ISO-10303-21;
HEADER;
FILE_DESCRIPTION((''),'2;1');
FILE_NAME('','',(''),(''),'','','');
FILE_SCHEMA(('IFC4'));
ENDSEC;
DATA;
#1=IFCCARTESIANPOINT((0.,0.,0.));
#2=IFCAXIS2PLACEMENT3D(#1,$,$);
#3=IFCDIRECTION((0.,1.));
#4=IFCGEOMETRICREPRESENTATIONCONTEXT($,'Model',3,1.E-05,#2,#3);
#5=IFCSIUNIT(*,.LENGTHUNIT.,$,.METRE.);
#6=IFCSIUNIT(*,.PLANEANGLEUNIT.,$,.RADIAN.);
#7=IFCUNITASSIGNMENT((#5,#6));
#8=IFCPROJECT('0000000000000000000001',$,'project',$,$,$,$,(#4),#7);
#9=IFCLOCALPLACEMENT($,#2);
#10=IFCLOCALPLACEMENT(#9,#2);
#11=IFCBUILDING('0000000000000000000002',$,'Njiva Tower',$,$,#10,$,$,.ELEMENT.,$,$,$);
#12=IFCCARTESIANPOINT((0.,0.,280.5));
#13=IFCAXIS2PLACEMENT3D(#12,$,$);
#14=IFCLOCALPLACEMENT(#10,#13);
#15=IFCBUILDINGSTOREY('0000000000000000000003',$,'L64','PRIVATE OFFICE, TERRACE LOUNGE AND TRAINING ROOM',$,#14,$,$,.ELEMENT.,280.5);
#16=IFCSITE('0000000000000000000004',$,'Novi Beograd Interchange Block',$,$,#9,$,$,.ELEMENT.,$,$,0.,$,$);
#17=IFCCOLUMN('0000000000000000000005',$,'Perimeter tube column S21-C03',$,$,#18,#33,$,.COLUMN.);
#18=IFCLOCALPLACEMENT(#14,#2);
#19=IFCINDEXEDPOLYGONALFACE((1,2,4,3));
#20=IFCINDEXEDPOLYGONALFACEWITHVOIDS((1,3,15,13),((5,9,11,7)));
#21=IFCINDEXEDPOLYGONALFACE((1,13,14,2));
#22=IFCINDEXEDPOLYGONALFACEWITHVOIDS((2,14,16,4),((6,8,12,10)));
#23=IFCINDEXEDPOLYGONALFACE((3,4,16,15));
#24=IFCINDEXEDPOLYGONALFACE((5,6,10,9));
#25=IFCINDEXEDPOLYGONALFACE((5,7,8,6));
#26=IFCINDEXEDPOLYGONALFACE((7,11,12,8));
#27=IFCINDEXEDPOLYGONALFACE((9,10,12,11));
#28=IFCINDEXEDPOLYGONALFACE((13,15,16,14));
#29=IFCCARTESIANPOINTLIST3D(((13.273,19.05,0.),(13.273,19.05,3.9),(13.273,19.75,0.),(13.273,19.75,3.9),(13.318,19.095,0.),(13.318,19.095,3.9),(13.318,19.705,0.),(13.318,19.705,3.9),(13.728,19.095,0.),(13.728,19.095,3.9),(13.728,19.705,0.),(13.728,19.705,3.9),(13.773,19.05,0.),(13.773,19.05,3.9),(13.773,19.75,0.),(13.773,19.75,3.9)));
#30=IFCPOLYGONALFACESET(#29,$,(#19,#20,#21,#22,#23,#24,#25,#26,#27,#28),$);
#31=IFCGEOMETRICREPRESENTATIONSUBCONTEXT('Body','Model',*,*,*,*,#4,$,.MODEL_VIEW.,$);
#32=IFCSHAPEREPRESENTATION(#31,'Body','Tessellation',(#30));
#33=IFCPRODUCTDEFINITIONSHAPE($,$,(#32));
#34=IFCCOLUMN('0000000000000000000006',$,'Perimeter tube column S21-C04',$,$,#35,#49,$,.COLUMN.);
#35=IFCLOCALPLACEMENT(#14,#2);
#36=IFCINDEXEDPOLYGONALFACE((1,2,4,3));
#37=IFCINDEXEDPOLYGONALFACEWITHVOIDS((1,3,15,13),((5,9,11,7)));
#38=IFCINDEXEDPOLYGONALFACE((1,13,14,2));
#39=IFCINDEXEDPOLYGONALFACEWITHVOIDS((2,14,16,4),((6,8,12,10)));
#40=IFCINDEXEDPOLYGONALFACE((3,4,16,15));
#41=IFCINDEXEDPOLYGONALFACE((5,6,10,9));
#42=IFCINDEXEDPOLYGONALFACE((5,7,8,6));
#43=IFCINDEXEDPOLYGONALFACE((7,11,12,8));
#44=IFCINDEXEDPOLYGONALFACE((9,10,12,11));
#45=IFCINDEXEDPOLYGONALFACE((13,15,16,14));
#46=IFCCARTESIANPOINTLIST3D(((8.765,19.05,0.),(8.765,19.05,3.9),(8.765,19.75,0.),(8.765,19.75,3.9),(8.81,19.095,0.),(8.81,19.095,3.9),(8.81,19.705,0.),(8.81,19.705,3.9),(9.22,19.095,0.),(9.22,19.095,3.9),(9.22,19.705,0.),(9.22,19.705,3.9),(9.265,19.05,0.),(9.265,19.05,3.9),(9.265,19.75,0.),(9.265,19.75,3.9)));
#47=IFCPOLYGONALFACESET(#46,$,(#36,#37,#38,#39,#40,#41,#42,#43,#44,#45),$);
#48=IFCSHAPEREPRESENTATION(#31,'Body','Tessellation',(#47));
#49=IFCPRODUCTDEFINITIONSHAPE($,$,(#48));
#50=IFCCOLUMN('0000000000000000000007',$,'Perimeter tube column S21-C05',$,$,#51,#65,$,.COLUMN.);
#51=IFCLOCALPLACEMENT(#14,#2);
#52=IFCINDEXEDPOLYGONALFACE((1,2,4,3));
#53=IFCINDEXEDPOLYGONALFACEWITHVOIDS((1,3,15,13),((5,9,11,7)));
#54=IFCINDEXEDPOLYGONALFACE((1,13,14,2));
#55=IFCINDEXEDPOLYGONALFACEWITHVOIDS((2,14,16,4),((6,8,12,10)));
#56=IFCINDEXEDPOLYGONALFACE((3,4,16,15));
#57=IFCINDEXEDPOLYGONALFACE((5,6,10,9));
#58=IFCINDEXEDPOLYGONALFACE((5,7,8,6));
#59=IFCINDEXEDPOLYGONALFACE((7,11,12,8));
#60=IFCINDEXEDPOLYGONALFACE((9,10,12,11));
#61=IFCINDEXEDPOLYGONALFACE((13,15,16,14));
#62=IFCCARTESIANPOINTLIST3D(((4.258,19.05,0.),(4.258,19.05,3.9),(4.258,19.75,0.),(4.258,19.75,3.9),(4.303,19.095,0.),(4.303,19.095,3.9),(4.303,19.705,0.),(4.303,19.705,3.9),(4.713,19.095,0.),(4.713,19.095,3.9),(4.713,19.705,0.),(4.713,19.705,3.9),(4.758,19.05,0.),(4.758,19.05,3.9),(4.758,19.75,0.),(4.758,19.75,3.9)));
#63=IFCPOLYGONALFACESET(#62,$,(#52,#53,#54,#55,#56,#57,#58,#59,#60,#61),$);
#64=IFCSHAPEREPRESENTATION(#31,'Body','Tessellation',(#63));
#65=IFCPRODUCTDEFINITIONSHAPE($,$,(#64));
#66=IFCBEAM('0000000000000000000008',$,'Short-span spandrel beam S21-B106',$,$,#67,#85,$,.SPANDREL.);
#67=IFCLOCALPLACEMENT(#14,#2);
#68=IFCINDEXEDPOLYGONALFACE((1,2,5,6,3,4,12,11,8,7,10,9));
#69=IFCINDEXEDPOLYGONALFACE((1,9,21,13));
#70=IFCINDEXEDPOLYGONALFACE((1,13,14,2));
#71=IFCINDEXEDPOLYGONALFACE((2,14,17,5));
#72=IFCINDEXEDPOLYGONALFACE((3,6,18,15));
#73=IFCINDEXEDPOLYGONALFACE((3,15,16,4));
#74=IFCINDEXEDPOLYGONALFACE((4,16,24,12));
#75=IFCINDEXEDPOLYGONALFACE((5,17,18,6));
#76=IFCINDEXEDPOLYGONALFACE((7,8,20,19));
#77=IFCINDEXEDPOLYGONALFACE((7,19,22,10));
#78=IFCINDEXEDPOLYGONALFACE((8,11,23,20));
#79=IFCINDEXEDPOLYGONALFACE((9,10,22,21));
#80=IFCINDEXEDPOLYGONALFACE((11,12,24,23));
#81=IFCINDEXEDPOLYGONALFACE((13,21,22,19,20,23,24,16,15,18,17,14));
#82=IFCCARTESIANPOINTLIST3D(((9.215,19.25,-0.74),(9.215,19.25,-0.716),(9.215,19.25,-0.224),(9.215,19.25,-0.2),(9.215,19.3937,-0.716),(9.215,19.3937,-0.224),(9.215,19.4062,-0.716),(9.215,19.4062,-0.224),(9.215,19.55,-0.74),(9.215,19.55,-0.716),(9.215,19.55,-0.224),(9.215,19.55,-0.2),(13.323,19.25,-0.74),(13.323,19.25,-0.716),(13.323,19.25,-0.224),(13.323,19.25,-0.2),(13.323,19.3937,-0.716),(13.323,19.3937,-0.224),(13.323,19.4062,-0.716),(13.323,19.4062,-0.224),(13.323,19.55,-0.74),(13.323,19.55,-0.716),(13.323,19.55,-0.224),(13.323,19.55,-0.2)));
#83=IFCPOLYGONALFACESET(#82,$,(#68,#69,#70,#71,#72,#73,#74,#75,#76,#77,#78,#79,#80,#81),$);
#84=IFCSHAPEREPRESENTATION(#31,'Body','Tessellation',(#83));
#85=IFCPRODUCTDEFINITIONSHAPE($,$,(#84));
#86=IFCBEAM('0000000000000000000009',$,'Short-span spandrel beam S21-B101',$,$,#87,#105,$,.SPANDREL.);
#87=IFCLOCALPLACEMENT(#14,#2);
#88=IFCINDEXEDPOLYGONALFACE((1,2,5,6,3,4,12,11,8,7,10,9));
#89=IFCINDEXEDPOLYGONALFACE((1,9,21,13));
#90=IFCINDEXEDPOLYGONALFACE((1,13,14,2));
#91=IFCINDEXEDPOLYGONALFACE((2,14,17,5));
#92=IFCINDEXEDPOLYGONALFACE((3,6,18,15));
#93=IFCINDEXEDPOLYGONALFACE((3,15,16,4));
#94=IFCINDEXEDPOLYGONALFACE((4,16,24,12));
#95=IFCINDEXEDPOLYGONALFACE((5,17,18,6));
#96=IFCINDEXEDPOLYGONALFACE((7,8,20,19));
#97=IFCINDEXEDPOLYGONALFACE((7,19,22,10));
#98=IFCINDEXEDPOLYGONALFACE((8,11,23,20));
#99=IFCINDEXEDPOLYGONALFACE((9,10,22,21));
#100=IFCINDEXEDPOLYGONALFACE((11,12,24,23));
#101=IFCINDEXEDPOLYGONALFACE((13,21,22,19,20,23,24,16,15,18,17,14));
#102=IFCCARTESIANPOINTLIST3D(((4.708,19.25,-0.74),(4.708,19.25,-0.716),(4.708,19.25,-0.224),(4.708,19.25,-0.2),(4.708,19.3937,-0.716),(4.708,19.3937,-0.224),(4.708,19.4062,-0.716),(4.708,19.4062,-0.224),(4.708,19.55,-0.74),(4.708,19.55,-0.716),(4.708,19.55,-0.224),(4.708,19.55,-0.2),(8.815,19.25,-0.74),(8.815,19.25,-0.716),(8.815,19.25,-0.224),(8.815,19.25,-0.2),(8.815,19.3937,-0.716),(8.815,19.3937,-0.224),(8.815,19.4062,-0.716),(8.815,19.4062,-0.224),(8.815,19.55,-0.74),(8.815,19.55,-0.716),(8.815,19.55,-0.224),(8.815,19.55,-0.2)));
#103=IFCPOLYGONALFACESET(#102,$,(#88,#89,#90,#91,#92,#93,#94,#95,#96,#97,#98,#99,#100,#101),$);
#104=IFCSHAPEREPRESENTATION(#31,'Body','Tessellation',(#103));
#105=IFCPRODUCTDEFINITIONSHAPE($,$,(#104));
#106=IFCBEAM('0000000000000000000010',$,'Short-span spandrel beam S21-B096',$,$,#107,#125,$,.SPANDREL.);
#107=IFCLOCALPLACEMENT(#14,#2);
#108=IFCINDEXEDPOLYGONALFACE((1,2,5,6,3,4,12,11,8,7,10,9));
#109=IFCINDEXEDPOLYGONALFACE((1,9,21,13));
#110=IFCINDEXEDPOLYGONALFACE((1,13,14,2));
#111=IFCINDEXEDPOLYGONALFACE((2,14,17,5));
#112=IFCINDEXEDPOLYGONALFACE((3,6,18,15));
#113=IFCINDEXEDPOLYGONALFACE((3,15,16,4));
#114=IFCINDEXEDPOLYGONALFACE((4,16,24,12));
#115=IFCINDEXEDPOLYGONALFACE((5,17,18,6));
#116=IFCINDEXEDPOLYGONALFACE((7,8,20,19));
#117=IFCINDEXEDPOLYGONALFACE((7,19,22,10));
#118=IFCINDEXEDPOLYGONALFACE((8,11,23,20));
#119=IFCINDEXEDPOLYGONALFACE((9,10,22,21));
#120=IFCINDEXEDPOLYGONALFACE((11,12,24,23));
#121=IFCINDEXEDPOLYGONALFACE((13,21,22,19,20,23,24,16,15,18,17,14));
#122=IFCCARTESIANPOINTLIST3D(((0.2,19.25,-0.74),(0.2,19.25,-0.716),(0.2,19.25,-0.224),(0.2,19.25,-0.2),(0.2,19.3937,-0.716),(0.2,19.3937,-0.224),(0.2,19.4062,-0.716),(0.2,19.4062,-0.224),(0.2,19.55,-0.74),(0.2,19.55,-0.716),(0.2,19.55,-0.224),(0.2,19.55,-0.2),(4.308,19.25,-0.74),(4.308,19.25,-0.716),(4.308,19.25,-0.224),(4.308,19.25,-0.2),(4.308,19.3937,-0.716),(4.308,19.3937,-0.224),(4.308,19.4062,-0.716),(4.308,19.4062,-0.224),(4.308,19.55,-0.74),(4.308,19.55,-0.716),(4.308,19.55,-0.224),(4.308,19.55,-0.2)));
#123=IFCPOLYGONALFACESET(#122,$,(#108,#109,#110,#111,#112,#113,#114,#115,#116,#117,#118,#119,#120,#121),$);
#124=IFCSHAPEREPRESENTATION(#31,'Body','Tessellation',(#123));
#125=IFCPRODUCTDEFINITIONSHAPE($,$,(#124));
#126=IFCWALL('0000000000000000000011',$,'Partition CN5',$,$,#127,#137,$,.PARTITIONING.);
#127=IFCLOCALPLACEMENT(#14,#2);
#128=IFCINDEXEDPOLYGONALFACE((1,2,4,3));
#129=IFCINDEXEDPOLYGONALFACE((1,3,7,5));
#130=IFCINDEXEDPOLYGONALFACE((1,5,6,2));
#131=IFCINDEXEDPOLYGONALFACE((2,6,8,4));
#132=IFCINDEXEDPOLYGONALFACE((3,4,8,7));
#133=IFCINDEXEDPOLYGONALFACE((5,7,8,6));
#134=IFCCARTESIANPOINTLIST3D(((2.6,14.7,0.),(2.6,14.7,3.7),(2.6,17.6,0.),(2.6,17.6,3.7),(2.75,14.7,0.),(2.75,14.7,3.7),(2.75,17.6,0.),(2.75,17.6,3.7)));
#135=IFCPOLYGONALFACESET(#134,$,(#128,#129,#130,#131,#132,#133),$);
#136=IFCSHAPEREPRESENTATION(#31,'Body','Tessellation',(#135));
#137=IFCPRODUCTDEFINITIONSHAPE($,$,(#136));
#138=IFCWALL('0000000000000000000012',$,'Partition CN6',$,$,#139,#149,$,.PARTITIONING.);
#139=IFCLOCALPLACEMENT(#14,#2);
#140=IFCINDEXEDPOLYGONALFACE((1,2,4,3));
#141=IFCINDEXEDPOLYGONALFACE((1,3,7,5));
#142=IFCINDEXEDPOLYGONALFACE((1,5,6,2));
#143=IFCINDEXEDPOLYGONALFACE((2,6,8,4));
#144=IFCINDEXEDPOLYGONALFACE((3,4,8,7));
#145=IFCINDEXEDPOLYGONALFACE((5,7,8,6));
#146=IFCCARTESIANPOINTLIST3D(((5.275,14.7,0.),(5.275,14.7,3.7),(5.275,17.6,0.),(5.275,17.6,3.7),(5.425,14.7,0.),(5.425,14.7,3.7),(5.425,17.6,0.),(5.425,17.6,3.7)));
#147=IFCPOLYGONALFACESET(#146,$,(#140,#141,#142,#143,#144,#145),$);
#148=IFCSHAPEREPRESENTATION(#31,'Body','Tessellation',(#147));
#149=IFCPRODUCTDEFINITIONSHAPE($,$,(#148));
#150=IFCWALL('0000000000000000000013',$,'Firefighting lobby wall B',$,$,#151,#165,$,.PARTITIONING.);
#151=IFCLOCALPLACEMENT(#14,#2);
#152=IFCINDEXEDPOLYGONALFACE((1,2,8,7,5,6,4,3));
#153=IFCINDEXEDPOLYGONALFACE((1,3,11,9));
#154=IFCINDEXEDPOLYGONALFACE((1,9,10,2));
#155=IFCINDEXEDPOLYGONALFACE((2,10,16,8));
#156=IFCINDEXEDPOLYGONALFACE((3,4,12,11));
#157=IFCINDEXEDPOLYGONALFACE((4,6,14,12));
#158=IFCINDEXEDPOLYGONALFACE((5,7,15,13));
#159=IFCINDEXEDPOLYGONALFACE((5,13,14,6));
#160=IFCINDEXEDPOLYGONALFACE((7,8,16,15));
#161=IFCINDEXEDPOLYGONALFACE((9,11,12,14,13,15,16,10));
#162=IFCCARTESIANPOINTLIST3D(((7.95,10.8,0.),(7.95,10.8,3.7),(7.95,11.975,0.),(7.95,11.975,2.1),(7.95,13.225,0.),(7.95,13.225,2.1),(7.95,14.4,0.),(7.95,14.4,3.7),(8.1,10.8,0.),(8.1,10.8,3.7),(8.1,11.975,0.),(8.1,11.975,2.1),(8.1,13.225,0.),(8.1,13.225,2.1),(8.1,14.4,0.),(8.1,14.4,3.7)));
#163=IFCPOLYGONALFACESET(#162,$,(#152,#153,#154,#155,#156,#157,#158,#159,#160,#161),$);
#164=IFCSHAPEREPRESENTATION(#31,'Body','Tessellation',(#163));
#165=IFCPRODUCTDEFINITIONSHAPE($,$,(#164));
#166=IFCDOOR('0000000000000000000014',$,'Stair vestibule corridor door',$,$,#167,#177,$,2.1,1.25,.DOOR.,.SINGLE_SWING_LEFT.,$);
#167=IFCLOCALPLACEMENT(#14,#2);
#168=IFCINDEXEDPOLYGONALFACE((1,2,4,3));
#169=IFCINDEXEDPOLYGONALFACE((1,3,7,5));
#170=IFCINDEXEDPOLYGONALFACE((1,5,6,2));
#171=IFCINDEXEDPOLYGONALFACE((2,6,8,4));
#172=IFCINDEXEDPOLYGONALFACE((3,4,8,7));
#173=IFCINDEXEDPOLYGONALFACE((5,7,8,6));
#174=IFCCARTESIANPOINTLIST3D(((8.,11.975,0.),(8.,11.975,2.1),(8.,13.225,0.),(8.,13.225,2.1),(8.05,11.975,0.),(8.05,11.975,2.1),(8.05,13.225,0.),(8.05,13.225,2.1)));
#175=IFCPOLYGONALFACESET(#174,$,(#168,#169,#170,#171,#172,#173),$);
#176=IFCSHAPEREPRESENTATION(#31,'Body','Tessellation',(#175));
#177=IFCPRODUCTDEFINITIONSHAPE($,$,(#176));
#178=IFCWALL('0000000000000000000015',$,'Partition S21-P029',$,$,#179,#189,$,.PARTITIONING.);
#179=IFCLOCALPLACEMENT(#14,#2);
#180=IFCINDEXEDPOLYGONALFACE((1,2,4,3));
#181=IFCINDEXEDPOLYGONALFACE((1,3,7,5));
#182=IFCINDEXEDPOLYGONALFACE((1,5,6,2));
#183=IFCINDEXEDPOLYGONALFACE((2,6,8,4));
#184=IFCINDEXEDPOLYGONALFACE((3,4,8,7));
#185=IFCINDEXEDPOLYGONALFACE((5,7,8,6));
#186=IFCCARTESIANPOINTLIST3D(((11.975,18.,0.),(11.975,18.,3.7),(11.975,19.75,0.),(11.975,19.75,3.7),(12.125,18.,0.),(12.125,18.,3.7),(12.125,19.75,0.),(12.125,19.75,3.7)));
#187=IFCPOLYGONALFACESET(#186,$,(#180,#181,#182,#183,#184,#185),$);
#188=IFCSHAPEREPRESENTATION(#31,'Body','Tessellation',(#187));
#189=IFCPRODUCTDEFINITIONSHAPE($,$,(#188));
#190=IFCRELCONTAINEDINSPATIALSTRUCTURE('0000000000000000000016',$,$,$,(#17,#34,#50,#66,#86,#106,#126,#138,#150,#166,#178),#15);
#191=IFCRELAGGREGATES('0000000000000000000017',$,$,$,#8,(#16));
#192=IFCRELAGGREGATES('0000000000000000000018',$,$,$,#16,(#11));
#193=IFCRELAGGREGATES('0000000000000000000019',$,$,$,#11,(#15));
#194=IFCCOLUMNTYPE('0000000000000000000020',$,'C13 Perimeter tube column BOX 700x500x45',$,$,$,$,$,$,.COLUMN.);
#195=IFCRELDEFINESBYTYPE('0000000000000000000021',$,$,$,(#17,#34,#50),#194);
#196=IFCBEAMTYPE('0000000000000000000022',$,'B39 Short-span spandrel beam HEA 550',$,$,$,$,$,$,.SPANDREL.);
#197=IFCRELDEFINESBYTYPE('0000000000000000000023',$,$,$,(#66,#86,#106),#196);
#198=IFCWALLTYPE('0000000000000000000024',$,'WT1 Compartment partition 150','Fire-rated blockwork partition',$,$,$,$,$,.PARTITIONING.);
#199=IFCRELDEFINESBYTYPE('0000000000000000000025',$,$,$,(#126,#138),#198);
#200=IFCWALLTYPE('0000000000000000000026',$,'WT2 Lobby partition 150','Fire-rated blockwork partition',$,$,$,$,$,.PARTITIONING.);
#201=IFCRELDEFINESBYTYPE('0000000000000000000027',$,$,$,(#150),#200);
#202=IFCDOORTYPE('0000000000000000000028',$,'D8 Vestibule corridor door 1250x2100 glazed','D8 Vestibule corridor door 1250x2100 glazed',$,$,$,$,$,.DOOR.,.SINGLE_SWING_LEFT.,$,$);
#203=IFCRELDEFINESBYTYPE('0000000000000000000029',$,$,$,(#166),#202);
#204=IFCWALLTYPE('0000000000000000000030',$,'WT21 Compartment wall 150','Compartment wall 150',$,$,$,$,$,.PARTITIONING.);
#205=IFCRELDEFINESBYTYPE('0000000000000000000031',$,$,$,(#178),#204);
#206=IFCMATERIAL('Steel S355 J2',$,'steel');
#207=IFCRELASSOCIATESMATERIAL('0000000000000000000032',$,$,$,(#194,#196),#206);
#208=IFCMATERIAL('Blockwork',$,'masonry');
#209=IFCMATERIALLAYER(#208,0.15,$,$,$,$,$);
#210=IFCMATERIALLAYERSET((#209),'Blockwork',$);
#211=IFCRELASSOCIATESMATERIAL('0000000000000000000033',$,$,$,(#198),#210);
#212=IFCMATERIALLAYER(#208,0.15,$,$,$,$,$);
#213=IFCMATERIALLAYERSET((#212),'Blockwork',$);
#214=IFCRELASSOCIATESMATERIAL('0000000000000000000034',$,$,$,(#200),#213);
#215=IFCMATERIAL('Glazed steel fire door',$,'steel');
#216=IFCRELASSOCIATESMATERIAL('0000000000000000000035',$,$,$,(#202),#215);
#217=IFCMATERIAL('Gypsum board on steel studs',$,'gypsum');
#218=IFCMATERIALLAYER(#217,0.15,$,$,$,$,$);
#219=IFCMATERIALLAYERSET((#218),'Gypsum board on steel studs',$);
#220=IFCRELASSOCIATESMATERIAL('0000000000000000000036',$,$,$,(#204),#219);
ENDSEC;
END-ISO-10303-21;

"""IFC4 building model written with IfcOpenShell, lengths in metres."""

from ifc_helpers import new_model, si_unit, direction, frame, frame_2d, origin, origin_2d, place, context, subcontext, project, spatial, rectangle, hollow_rectangle, i_section, extrude, material, layer, layer_set, material_profile, profile_set, type_object, element, fill, save


model = new_model("IFC4")

# Units and contexts
model_context = context("Model", 3, precision=1e-05, world=origin(), true_north=direction((0.0, 1.0)))
body_context = subcontext(model_context, "Body", "Model", "MODEL_VIEW")
ifc_project = project(units=[si_unit("LENGTHUNIT", "METRE"), si_unit("PLANEANGLEUNIT", "RADIAN")], contexts=[model_context])

# Site, building, storey
site_placement = place(None, origin())
site = spatial("IfcSite", under=ifc_project, at=site_placement, Name="Novi Beograd Interchange Block", CompositionType="ELEMENT", RefElevation=0.0)
building_placement = place(site_placement, origin())
building = spatial("IfcBuilding", under=site, at=building_placement, Name="Njiva Tower", CompositionType="ELEMENT")
storey_placement = place(building_placement, frame((0.0, 0.0, 280.5)))
storey = spatial("IfcBuildingStorey", under=building, at=storey_placement, Name="L64", Description="PRIVATE OFFICE, TERRACE LOUNGE AND TRAINING ROOM", CompositionType="ELEMENT", Elevation=280.5)

# Columns
ifc_material_1 = material(Name="Steel S355 J2", Category="steel")
ifc_material_profile_1 = material_profile(ifc_material_1, hollow_rectangle(XDim=0.5, YDim=0.7, WallThickness=0.045, at=origin_2d()), Name="BOX 700x500x45")
ifc_profile_set_1 = profile_set([ifc_material_profile_1], Name="Steel S355 J2")
column_type = type_object("IfcColumnType", Name="C13 Perimeter tube column BOX 700x500x45", PredefinedType="COLUMN", material=ifc_profile_set_1)
for number, where, z_axis, x_axis, name in (
    (1, (13.523, 19.4, 0.0), (0.0, 0.0, 1.0), (-1.0, 0.0, 0.0), "Perimeter tube column S21-C03"),
    (2, (9.015, 19.4, 0.0), (0.0, 0.0, 1.0), (-1.0, 0.0, 0.0), "Perimeter tube column S21-C04"),
    (3, (4.508, 19.4, 0.0), (0.0, 0.0, 1.0), (-1.0, 0.0, 0.0), "Perimeter tube column S21-C05"),
):
    element("IfcColumn", number, at=place(storey_placement, frame(where, z_axis=z_axis, x_axis=x_axis)), inside=storey, type_object=column_type, Name=name, PredefinedType="COLUMN", context=body_context, shape_type="SweptSolid", body=[
        extrude(hollow_rectangle(XDim=0.5, YDim=0.7, WallThickness=0.045, at=origin_2d()), origin(), (0.0, 0.0, 1.0), 3.9),
    ])

# Beams
ifc_material_profile_2 = material_profile(ifc_material_1, i_section(OverallWidth=0.3, OverallDepth=0.54, WebThickness=0.0125, FlangeThickness=0.024, at=origin_2d()), Name="HEA 550")
ifc_profile_set_2 = profile_set([ifc_material_profile_2], Name="Steel S355 J2")
beam_type = type_object("IfcBeamType", Name="B39 Short-span spandrel beam HEA 550", PredefinedType="SPANDREL", material=ifc_profile_set_2)
beam_1_placement = place(storey_placement, frame((13.323, 19.4, -0.47), z_axis=(-1.0, 0.0, 0.0), x_axis=(0.0, -1.0, 0.0)))
element("IfcBeam", 4, at=beam_1_placement, inside=storey, type_object=beam_type, Name="Short-span spandrel beam S21-B106", PredefinedType="SPANDREL", context=body_context, shape_type="SweptSolid", body=[
    extrude(i_section(OverallWidth=0.3, OverallDepth=0.54, WebThickness=0.0125, FlangeThickness=0.024, at=origin_2d()), origin(), (0.0, 0.0, 1.0), 4.108),
])
beam_2_placement = place(storey_placement, frame((8.815, 19.4, -0.47), z_axis=(-1.0, 0.0, 0.0), x_axis=(0.0, -1.0, 0.0)))
element("IfcBeam", 5, at=beam_2_placement, inside=storey, type_object=beam_type, Name="Short-span spandrel beam S21-B101", PredefinedType="SPANDREL", context=body_context, shape_type="SweptSolid", body=[
    extrude(i_section(OverallWidth=0.3, OverallDepth=0.54, WebThickness=0.0125, FlangeThickness=0.024, at=origin_2d()), origin(), (0.0, 0.0, 1.0), 4.107),
])
beam_3_placement = place(storey_placement, frame((4.308, 19.4, -0.47), z_axis=(-1.0, 0.0, 0.0), x_axis=(0.0, -1.0, 0.0)))
element("IfcBeam", 6, at=beam_3_placement, inside=storey, type_object=beam_type, Name="Short-span spandrel beam S21-B096", PredefinedType="SPANDREL", context=body_context, shape_type="SweptSolid", body=[
    extrude(i_section(OverallWidth=0.3, OverallDepth=0.54, WebThickness=0.0125, FlangeThickness=0.024, at=origin_2d()), origin(), (0.0, 0.0, 1.0), 4.108),
])

# Walls
ifc_material_2 = material(Name="Blockwork", Category="masonry")
ifc_layer_1 = layer(ifc_material_2, 0.15)
ifc_layer_set_1 = layer_set([ifc_layer_1], Name="Blockwork")
wall_type_1 = type_object("IfcWallType", Name="WT1 Compartment partition 150", Description="Fire-rated blockwork partition", PredefinedType="PARTITIONING", material=ifc_layer_set_1)
for number, where, z_axis, x_axis, name in (
    (7, (2.675, 14.7, 0.0), (0.0, 0.0, 1.0), (0.0, 1.0, 0.0), "Partition CN5"),
    (8, (5.35, 14.7, 0.0), (0.0, 0.0, 1.0), (0.0, 1.0, 0.0), "Partition CN6"),
):
    element("IfcWall", number, at=place(storey_placement, frame(where, z_axis=z_axis, x_axis=x_axis)), inside=storey, type_object=wall_type_1, Name=name, PredefinedType="PARTITIONING", context=body_context, shape_type="SweptSolid", body=[
        extrude(rectangle(XDim=2.9, YDim=0.15, at=frame_2d((1.45, 0.0))), origin(), (0.0, 0.0, 1.0), 3.7),
    ])

# Wall, opening, door
ifc_layer_2 = layer(ifc_material_2, 0.15)
ifc_layer_set_2 = layer_set([ifc_layer_2], Name="Blockwork")
wall_type_2 = type_object("IfcWallType", Name="WT2 Lobby partition 150", Description="Fire-rated blockwork partition", PredefinedType="PARTITIONING", material=ifc_layer_set_2)
wall_1_placement = place(storey_placement, frame((8.025, 10.8, 0.0), z_axis=(0.0, 0.0, 1.0), x_axis=(0.0, 1.0, 0.0)))
wall_1 = element("IfcWall", 9, at=wall_1_placement, inside=storey, type_object=wall_type_2, Name="Firefighting lobby wall B", PredefinedType="PARTITIONING", context=body_context, shape_type="SweptSolid", body=[
    extrude(rectangle(XDim=3.6, YDim=0.15, at=frame_2d((1.8, 0.0))), origin(), (0.0, 0.0, 1.0), 3.7),
])
opening_placement = place(wall_1_placement, frame((1.175, 0.0, 0.0)))
opening = element("IfcOpeningElement", 10, at=opening_placement, cuts=wall_1, PredefinedType="OPENING", context=body_context, shape_type="SweptSolid", body=[
    extrude(rectangle(XDim=1.25, YDim=2.1, at=frame_2d((0.625, 1.05))), frame((0.0, 0.085, 0.0), z_axis=(0.0, -1.0, 0.0), x_axis=(1.0, 0.0, 0.0)), (0.0, 0.0, 1.0), 0.17),
])
ifc_material_3 = material(Name="Glazed steel fire door", Category="steel")
door_type = type_object("IfcDoorType", Name="D8 Vestibule corridor door 1250x2100 glazed", Description="D8 Vestibule corridor door 1250x2100 glazed", OperationType="SINGLE_SWING_LEFT", PredefinedType="DOOR", material=ifc_material_3)
door_placement = place(opening_placement, origin())
door = element("IfcDoor", 11, at=door_placement, inside=storey, type_object=door_type, Name="Stair vestibule corridor door", OperationType="SINGLE_SWING_LEFT", OverallHeight=2.1, OverallWidth=1.25, PredefinedType="DOOR", context=body_context, shape_type="SweptSolid", body=[
    extrude(rectangle(XDim=1.25, YDim=2.1, at=frame_2d((0.625, 1.05))), frame((0.0, 0.025, 0.0), z_axis=(0.0, -1.0, 0.0), x_axis=(1.0, 0.0, 0.0)), (0.0, 0.0, 1.0), 0.05),
])
fill(opening, door)

# Wall
ifc_material_4 = material(Name="Gypsum board on steel studs", Category="gypsum")
ifc_layer_3 = layer(ifc_material_4, 0.15)
ifc_layer_set_3 = layer_set([ifc_layer_3], Name="Gypsum board on steel studs")
wall_type_3 = type_object("IfcWallType", Name="WT21 Compartment wall 150", Description="Compartment wall 150", PredefinedType="PARTITIONING", material=ifc_layer_set_3)
wall_2_placement = place(storey_placement, frame((12.05, 18.0, 0.0), z_axis=(0.0, 0.0, 1.0), x_axis=(0.0, 1.0, 0.0)))
element("IfcWall", 12, at=wall_2_placement, inside=storey, type_object=wall_type_3, Name="Partition S21-P029", PredefinedType="PARTITIONING", context=body_context, shape_type="SweptSolid", body=[
    extrude(rectangle(XDim=1.75, YDim=0.15, at=frame_2d((0.875, 0.0))), origin(), (0.0, 0.0, 1.0), 3.7),
])

save(model, "model.ifc")
